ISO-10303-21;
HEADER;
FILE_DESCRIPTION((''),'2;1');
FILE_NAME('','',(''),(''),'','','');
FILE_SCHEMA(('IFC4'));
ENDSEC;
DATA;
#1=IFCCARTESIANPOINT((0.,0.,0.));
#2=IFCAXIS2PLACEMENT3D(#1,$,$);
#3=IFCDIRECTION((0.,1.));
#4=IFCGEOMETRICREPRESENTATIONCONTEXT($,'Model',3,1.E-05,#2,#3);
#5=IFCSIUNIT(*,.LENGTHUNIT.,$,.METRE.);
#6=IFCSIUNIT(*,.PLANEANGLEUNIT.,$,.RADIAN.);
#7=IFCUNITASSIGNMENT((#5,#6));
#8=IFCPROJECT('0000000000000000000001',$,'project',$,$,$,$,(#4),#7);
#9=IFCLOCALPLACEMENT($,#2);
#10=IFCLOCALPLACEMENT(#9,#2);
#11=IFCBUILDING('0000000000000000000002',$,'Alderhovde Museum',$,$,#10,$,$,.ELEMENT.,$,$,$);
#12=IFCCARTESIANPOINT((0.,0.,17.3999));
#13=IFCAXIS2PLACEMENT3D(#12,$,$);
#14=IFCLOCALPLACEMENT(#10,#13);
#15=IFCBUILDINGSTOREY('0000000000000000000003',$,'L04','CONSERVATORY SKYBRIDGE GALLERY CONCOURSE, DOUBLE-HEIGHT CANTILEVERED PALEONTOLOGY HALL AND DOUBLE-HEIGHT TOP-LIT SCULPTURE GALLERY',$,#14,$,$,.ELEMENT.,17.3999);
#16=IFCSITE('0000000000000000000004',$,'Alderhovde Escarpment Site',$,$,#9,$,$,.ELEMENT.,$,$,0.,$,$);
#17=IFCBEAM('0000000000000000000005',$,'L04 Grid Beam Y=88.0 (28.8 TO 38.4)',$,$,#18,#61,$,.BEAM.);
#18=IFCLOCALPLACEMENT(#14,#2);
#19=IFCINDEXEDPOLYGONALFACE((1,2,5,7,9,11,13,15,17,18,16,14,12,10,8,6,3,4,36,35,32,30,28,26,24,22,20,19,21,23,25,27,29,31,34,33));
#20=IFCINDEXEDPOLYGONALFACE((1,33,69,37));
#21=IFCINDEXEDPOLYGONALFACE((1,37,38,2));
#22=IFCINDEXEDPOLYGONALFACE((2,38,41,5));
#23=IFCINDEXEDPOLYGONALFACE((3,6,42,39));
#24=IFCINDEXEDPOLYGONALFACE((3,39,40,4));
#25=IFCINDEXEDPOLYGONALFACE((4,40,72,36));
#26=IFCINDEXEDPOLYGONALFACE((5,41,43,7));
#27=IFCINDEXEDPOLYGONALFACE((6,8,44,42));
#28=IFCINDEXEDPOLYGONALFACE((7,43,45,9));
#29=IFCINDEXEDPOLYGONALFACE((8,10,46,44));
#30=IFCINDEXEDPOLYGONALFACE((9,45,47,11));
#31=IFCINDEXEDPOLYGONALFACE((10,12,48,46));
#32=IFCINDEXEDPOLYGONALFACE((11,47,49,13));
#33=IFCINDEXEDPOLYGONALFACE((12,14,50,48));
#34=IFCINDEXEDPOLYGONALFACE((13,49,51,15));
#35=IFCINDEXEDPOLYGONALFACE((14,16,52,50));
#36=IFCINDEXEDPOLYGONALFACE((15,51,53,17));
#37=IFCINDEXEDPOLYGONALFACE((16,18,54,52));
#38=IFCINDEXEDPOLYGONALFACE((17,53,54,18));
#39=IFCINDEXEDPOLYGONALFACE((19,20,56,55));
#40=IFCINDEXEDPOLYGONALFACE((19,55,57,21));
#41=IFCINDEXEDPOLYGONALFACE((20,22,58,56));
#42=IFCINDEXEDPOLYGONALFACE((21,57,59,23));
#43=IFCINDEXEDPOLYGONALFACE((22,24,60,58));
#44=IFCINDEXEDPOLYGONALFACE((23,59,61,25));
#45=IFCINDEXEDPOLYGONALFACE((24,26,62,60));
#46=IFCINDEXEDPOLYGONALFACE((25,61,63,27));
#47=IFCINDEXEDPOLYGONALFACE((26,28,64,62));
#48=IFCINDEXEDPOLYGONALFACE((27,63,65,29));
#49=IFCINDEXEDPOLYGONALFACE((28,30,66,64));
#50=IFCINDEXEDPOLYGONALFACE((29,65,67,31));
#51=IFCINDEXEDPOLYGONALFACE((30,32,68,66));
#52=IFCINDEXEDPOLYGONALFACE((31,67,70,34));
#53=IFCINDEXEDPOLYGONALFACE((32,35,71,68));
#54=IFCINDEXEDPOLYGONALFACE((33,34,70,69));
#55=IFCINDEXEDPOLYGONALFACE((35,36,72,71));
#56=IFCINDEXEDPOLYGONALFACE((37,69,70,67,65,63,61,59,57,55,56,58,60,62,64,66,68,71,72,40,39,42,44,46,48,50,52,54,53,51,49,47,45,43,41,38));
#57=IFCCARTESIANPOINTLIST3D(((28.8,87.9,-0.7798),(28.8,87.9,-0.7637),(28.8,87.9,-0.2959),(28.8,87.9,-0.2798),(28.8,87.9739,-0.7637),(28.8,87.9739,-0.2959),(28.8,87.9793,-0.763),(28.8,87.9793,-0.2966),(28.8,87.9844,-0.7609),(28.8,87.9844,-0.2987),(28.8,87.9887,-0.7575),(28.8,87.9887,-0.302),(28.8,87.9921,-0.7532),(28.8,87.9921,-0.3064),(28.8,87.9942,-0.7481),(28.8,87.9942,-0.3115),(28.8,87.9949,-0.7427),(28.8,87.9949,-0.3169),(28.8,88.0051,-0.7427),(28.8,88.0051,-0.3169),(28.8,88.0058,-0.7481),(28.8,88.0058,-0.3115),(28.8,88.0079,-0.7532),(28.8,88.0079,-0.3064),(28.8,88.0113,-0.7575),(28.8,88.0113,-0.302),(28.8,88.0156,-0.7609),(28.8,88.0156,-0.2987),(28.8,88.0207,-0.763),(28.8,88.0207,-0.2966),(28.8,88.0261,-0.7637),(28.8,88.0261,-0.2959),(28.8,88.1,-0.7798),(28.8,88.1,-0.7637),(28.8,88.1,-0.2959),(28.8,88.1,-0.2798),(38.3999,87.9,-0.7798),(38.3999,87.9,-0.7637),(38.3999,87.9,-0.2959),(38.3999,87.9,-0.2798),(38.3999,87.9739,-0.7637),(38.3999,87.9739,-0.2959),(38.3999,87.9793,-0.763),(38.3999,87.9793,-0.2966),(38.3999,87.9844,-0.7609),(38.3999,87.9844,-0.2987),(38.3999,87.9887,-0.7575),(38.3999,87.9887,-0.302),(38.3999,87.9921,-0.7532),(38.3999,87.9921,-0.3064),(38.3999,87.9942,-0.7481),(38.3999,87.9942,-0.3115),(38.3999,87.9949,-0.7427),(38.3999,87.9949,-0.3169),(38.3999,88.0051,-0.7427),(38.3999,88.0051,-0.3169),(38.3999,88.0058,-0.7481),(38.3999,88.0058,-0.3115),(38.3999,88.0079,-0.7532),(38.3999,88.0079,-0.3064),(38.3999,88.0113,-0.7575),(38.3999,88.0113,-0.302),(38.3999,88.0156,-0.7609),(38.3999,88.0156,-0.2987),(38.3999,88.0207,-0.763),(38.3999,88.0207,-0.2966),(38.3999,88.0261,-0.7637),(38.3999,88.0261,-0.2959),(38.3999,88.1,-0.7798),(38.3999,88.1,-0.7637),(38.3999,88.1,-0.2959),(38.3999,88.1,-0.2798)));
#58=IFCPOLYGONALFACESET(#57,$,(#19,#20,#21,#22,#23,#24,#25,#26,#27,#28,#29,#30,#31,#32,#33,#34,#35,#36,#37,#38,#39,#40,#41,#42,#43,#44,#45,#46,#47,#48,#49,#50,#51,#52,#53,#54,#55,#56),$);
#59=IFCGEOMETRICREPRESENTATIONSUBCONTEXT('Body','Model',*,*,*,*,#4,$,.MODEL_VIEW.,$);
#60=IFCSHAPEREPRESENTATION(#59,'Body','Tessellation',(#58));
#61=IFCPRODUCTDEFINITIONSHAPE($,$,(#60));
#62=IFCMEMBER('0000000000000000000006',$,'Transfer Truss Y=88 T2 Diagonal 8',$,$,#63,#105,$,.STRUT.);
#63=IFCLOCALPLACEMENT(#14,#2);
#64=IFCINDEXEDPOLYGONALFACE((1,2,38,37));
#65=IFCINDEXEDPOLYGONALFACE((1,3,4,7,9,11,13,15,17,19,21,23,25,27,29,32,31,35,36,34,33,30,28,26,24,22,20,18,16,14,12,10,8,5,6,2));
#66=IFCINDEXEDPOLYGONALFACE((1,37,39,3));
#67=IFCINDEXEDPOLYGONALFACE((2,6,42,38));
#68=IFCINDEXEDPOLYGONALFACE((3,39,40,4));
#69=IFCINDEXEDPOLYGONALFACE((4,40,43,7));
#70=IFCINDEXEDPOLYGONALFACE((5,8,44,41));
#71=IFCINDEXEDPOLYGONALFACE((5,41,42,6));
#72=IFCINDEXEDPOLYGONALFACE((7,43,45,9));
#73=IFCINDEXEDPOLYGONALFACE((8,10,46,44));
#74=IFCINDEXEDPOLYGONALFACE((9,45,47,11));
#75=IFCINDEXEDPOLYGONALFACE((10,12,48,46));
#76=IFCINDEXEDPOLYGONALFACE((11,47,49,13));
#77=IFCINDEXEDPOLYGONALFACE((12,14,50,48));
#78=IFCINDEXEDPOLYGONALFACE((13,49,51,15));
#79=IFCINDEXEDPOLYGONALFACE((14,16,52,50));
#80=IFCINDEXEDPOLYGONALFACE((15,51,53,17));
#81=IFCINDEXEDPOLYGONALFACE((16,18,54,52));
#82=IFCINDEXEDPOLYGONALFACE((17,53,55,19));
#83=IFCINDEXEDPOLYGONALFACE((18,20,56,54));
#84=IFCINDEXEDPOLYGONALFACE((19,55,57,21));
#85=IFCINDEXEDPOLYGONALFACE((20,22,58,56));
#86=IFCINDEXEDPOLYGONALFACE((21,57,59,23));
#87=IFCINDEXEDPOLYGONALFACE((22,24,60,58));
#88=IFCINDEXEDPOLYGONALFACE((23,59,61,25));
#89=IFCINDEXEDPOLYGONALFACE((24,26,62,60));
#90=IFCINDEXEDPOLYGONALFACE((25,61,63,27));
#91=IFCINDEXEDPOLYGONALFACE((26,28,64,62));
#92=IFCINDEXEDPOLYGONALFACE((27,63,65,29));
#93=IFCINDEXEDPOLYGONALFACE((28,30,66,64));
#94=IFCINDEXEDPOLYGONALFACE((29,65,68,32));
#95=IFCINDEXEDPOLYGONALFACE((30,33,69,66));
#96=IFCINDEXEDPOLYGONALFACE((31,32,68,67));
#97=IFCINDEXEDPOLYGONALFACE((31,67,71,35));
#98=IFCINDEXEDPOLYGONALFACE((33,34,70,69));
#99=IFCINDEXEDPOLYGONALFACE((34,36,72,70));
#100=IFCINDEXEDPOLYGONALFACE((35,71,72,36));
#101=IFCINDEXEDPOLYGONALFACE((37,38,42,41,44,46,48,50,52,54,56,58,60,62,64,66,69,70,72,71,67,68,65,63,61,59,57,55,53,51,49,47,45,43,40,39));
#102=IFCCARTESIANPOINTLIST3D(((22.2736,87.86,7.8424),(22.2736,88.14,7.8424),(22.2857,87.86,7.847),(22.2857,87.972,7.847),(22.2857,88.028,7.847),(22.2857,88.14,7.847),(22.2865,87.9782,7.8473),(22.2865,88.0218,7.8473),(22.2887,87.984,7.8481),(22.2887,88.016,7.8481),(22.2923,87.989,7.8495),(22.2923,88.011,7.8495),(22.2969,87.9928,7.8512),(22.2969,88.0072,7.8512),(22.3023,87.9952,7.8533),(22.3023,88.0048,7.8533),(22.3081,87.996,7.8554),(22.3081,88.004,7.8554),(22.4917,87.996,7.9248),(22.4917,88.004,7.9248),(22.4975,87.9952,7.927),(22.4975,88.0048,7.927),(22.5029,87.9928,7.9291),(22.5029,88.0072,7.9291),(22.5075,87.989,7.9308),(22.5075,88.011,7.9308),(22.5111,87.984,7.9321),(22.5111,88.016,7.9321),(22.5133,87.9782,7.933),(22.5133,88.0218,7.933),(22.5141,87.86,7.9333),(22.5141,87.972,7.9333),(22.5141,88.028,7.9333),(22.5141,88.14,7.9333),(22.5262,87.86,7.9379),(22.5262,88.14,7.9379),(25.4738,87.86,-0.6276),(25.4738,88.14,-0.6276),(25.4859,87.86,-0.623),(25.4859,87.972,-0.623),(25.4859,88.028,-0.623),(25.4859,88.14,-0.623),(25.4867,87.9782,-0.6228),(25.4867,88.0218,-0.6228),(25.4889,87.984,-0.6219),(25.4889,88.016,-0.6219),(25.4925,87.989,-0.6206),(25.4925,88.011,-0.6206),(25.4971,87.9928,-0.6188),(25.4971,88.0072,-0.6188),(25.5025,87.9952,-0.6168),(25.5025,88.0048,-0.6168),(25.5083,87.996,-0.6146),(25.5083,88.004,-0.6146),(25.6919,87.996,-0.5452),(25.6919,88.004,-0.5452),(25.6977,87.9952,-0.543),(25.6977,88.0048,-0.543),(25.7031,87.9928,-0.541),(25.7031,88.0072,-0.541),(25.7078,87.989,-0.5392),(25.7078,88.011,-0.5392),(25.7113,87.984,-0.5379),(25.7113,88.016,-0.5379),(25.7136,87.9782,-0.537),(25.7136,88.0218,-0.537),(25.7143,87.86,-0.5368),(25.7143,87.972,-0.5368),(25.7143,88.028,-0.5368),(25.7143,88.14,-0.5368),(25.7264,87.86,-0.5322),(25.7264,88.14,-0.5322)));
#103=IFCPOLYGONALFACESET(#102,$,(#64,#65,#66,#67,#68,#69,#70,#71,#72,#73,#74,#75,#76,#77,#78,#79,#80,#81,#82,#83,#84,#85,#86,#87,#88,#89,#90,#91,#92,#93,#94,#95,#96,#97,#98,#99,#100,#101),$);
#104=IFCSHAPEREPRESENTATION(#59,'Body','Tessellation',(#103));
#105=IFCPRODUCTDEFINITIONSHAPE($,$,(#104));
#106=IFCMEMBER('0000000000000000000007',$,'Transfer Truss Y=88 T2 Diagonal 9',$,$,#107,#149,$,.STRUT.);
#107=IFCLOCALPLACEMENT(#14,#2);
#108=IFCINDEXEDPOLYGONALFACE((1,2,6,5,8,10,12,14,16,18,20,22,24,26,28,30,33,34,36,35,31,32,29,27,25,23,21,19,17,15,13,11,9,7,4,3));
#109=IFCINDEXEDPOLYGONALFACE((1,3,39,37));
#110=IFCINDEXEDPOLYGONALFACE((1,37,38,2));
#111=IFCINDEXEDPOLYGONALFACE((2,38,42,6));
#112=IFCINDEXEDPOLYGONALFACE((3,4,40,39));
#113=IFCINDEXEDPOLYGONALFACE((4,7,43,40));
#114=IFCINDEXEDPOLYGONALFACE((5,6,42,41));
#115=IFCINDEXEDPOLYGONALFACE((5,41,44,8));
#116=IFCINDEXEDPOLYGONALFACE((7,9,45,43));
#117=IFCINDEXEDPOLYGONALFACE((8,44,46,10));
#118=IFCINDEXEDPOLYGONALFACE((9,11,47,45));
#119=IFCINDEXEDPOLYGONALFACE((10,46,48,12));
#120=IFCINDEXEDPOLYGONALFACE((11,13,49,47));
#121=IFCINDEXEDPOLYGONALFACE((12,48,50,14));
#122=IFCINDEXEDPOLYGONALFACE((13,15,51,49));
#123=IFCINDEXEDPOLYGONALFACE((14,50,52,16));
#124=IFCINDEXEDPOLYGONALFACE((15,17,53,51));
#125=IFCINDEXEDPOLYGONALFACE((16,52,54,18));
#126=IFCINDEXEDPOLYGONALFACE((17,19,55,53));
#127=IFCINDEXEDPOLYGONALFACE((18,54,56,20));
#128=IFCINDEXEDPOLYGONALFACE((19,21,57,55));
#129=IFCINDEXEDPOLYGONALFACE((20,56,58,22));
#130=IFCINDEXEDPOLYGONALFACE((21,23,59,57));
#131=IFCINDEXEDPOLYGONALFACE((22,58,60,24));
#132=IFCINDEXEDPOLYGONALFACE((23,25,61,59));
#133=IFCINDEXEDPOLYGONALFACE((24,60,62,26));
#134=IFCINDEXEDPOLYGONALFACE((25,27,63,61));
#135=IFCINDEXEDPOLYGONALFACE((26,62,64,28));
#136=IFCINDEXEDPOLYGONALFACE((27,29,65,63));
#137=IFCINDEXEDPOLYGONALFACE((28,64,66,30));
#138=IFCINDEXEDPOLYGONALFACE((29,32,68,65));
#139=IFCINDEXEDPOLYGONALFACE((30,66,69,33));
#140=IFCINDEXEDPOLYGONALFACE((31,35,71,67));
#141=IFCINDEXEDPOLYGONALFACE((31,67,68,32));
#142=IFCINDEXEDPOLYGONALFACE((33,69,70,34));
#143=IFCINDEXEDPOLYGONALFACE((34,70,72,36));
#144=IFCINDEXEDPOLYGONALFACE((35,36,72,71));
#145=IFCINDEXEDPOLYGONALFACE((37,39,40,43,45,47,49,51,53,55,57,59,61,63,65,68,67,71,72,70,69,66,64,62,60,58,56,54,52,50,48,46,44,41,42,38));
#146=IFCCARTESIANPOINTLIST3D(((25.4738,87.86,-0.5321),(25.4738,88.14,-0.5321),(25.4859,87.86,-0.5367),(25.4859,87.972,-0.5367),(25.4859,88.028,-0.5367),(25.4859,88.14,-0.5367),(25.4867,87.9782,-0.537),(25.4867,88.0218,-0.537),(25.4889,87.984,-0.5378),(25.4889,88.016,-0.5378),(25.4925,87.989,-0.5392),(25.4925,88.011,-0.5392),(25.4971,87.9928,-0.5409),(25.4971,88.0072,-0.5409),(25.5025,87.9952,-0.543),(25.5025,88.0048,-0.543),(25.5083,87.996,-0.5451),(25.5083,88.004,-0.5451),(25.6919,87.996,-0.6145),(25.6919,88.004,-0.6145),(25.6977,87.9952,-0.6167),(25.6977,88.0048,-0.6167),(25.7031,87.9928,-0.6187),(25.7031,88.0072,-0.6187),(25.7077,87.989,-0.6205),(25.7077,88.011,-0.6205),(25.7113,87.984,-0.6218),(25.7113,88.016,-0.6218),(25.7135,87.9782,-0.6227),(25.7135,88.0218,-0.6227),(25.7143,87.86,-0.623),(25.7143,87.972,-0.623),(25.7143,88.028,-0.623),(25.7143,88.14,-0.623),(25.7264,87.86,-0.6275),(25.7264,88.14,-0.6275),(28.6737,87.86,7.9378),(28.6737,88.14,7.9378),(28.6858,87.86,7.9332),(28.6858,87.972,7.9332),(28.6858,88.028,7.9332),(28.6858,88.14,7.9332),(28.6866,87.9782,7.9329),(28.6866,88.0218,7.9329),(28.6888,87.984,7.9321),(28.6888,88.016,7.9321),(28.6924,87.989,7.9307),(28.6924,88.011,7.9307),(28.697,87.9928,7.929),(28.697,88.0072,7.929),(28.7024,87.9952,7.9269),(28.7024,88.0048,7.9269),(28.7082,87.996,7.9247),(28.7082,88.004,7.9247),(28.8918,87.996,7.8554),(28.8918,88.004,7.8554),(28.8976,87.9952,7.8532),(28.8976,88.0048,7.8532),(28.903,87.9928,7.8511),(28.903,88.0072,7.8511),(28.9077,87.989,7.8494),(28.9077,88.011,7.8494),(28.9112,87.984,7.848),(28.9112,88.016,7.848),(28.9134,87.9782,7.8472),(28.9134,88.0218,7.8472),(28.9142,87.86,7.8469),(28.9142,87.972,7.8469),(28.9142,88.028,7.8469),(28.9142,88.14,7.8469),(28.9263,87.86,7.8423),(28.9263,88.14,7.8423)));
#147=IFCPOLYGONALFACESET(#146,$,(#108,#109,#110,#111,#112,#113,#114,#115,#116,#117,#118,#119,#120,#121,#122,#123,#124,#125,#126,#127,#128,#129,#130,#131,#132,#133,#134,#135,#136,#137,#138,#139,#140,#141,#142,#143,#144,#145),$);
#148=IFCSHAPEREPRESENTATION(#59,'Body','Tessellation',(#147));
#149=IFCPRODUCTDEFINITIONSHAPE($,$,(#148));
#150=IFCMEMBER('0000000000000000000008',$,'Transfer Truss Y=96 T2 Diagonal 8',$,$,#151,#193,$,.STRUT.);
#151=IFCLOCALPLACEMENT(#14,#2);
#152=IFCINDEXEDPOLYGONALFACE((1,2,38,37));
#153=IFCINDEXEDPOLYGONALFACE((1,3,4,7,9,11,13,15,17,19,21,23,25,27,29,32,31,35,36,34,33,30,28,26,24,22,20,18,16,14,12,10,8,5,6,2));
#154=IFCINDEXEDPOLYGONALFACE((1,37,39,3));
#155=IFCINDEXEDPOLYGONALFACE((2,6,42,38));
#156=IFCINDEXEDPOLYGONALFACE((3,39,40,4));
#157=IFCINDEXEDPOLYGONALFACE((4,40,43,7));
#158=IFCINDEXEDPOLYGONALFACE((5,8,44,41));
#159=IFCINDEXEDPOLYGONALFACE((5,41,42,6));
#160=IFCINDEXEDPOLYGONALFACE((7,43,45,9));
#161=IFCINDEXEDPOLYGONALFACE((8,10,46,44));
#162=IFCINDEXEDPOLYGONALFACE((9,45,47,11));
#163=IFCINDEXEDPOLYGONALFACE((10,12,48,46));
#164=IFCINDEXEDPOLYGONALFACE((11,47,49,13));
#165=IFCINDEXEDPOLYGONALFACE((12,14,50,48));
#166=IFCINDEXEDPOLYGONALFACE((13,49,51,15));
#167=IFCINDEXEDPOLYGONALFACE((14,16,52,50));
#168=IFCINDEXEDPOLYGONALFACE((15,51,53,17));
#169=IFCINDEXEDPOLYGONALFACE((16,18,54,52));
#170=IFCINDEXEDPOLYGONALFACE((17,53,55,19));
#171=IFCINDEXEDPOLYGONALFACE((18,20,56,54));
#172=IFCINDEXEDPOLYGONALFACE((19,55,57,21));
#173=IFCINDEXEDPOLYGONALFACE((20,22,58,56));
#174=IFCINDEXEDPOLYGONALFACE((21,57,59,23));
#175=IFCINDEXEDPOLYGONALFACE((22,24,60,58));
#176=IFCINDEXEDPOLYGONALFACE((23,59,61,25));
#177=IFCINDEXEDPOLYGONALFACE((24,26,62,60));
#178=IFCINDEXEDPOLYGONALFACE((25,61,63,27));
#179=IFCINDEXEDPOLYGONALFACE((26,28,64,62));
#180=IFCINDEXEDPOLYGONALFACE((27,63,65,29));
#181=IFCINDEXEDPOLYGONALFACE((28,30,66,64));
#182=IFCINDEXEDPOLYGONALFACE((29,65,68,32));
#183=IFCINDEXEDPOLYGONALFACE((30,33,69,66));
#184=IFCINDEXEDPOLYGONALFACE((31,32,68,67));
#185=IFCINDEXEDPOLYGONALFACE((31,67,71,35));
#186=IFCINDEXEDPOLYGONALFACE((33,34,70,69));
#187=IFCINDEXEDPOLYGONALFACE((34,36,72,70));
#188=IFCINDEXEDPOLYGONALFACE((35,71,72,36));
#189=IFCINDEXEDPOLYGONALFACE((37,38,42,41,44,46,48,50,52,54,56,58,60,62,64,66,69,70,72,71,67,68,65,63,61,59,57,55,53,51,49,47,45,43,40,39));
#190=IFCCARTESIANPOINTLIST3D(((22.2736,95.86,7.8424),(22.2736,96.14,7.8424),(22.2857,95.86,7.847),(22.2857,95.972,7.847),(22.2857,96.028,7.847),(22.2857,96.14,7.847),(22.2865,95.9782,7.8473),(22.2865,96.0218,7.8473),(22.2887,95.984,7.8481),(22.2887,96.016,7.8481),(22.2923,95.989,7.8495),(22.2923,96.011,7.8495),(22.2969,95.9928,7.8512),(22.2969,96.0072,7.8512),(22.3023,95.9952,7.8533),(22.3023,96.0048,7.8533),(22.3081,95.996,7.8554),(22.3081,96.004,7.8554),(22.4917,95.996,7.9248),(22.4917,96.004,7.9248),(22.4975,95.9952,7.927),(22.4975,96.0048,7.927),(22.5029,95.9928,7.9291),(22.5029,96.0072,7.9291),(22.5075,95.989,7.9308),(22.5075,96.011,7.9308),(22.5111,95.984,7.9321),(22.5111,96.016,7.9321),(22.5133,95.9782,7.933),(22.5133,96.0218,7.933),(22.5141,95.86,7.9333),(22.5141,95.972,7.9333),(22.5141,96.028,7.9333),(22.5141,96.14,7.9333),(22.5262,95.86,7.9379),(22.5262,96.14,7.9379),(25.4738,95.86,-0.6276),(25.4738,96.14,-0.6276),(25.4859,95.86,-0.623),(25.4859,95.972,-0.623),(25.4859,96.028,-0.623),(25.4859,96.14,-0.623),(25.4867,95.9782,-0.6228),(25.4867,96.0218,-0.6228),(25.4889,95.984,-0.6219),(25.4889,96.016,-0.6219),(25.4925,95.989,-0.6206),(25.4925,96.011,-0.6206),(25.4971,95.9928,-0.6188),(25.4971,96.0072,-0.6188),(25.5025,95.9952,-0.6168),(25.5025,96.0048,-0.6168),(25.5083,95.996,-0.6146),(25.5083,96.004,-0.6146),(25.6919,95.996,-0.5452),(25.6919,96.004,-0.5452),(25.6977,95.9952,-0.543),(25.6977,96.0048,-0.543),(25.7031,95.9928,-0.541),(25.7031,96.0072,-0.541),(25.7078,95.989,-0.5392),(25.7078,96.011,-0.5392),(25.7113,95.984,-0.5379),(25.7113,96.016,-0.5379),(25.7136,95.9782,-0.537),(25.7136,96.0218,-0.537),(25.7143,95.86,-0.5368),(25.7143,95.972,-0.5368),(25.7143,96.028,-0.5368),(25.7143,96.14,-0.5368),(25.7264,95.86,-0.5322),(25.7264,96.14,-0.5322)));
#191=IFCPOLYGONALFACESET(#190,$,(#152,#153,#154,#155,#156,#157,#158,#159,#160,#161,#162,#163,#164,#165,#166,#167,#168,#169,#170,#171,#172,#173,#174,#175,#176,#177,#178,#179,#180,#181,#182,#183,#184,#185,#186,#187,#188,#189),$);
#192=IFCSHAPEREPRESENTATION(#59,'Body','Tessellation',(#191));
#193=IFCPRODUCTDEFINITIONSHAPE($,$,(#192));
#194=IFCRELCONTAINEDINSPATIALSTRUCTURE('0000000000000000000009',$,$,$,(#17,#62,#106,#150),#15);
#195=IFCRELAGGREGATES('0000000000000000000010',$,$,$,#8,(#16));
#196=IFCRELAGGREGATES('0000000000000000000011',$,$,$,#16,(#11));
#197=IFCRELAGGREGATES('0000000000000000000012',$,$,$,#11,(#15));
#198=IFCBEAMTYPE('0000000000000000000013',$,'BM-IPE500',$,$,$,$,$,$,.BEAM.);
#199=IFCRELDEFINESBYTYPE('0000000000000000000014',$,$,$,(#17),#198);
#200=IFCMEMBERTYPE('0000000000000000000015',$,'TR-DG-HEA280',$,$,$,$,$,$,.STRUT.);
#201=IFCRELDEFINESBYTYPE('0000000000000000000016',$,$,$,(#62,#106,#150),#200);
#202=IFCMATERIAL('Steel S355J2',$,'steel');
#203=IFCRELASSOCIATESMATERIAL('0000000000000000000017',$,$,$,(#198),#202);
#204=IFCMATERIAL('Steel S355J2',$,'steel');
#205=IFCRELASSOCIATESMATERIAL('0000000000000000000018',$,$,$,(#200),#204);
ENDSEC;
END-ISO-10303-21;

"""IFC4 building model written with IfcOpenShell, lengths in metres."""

from ifc_helpers import new_model, si_unit, direction, frame, origin, origin_2d, place, context, subcontext, project, spatial, i_section, extrude, material, material_profile, profile_set, type_object, element, save


model = new_model("IFC4")

# Units and contexts
model_context = context("Model", 3, precision=1e-05, world=origin(), true_north=direction((0.0, 1.0)))
body_context = subcontext(model_context, "Body", "Model", "MODEL_VIEW")
ifc_project = project(units=[si_unit("LENGTHUNIT", "METRE"), si_unit("PLANEANGLEUNIT", "RADIAN")], contexts=[model_context])

# Site, building, storey
site_placement = place(None, origin())
site = spatial("IfcSite", under=ifc_project, at=site_placement, Name="Alderhovde Escarpment Site", CompositionType="ELEMENT", RefElevation=0.0)
building_placement = place(site_placement, origin())
building = spatial("IfcBuilding", under=site, at=building_placement, Name="Alderhovde Museum", CompositionType="ELEMENT")
storey_placement = place(building_placement, frame((0.0, 0.0, 17.3999)))
storey = spatial("IfcBuildingStorey", under=building, at=storey_placement, Name="L04", Description="CONSERVATORY SKYBRIDGE GALLERY CONCOURSE, DOUBLE-HEIGHT CANTILEVERED PALEONTOLOGY HALL AND DOUBLE-HEIGHT TOP-LIT SCULPTURE GALLERY", CompositionType="ELEMENT", Elevation=17.3999)

# Beam
ifc_material_1 = material(Name="Steel S355J2", Category="steel")
ifc_material_profile_1 = material_profile(ifc_material_1, i_section(OverallWidth=0.2, OverallDepth=0.5, WebThickness=0.0103, FlangeThickness=0.0161, FilletRadius=0.021, at=origin_2d()), Name="IPE 500")
ifc_profile_set_1 = profile_set([ifc_material_profile_1], Name="Steel S355J2")
beam_type_1 = type_object("IfcBeamType", Name="BM-IPE500", PredefinedType="BEAM", material=ifc_profile_set_1)
beam_1_placement = place(storey_placement, frame((28.8, 88.0, -0.5298), z_axis=(1.0, 0.0, 0.0), x_axis=(0.0, 1.0, 0.0)))
element("IfcBeam", 1, at=beam_1_placement, inside=storey, type_object=beam_type_1, Name="L04 Grid Beam Y=88.0 (28.8 TO 38.4)", PredefinedType="BEAM", context=body_context, shape_type="SweptSolid", body=[
    extrude(i_section(OverallWidth=0.2, OverallDepth=0.5, WebThickness=0.0103, FlangeThickness=0.0161, FilletRadius=0.021, at=origin_2d()), origin(), (0.0, 0.0, 1.0), 9.5999),
])

# Members
ifc_material_2 = material(Name="Steel S355J2", Category="steel")
ifc_material_profile_2 = material_profile(ifc_material_2, i_section(OverallWidth=0.28, OverallDepth=0.27, WebThickness=0.0081, FlangeThickness=0.0129, FilletRadius=0.0239, at=origin_2d()), Name="HEA 280")
ifc_profile_set_2 = profile_set([ifc_material_profile_2], Name="Steel S355J2")
member_type_1 = type_object("IfcMemberType", Name="TR-DG-HEA280", PredefinedType="STRUT", material=ifc_profile_set_2)
member_1_placement = place(storey_placement, frame((22.3999, 88.0, 7.8901), z_axis=(0.353442, 0.0, -0.935456), x_axis=(0.0, 1.0, 0.0)))
element("IfcMember", 2, at=member_1_placement, inside=storey, type_object=member_type_1, Name="Transfer Truss Y=88 T2 Diagonal 8", PredefinedType="STRUT", context=body_context, shape_type="SweptSolid", body=[
    extrude(i_section(OverallWidth=0.28, OverallDepth=0.27, WebThickness=0.0081, FlangeThickness=0.0129, FilletRadius=0.0239, at=origin_2d()), origin(), (0.0, 0.0, 1.0), 9.0544),
])
member_2_placement = place(storey_placement, frame((25.6001, 88.0, -0.5798), z_axis=(0.353418, 0.0, 0.935465), x_axis=(0.0, 1.0, 0.0)))
element("IfcMember", 3, at=member_2_placement, inside=storey, type_object=member_type_1, Name="Transfer Truss Y=88 T2 Diagonal 9", PredefinedType="STRUT", context=body_context, shape_type="SweptSolid", body=[
    extrude(i_section(OverallWidth=0.28, OverallDepth=0.27, WebThickness=0.0081, FlangeThickness=0.0129, FilletRadius=0.0239, at=origin_2d()), origin(), (0.0, 0.0, 1.0), 9.0542),
])
member_3_placement = place(storey_placement, frame((22.3999, 96.0, 7.8901), z_axis=(0.353442, 0.0, -0.935456), x_axis=(0.0, 1.0, 0.0)))
element("IfcMember", 4, at=member_3_placement, inside=storey, type_object=member_type_1, Name="Transfer Truss Y=96 T2 Diagonal 8", PredefinedType="STRUT", context=body_context, shape_type="SweptSolid", body=[
    extrude(i_section(OverallWidth=0.28, OverallDepth=0.27, WebThickness=0.0081, FlangeThickness=0.0129, FilletRadius=0.0239, at=origin_2d()), origin(), (0.0, 0.0, 1.0), 9.0544),
])

save(model, "model.ifc")
